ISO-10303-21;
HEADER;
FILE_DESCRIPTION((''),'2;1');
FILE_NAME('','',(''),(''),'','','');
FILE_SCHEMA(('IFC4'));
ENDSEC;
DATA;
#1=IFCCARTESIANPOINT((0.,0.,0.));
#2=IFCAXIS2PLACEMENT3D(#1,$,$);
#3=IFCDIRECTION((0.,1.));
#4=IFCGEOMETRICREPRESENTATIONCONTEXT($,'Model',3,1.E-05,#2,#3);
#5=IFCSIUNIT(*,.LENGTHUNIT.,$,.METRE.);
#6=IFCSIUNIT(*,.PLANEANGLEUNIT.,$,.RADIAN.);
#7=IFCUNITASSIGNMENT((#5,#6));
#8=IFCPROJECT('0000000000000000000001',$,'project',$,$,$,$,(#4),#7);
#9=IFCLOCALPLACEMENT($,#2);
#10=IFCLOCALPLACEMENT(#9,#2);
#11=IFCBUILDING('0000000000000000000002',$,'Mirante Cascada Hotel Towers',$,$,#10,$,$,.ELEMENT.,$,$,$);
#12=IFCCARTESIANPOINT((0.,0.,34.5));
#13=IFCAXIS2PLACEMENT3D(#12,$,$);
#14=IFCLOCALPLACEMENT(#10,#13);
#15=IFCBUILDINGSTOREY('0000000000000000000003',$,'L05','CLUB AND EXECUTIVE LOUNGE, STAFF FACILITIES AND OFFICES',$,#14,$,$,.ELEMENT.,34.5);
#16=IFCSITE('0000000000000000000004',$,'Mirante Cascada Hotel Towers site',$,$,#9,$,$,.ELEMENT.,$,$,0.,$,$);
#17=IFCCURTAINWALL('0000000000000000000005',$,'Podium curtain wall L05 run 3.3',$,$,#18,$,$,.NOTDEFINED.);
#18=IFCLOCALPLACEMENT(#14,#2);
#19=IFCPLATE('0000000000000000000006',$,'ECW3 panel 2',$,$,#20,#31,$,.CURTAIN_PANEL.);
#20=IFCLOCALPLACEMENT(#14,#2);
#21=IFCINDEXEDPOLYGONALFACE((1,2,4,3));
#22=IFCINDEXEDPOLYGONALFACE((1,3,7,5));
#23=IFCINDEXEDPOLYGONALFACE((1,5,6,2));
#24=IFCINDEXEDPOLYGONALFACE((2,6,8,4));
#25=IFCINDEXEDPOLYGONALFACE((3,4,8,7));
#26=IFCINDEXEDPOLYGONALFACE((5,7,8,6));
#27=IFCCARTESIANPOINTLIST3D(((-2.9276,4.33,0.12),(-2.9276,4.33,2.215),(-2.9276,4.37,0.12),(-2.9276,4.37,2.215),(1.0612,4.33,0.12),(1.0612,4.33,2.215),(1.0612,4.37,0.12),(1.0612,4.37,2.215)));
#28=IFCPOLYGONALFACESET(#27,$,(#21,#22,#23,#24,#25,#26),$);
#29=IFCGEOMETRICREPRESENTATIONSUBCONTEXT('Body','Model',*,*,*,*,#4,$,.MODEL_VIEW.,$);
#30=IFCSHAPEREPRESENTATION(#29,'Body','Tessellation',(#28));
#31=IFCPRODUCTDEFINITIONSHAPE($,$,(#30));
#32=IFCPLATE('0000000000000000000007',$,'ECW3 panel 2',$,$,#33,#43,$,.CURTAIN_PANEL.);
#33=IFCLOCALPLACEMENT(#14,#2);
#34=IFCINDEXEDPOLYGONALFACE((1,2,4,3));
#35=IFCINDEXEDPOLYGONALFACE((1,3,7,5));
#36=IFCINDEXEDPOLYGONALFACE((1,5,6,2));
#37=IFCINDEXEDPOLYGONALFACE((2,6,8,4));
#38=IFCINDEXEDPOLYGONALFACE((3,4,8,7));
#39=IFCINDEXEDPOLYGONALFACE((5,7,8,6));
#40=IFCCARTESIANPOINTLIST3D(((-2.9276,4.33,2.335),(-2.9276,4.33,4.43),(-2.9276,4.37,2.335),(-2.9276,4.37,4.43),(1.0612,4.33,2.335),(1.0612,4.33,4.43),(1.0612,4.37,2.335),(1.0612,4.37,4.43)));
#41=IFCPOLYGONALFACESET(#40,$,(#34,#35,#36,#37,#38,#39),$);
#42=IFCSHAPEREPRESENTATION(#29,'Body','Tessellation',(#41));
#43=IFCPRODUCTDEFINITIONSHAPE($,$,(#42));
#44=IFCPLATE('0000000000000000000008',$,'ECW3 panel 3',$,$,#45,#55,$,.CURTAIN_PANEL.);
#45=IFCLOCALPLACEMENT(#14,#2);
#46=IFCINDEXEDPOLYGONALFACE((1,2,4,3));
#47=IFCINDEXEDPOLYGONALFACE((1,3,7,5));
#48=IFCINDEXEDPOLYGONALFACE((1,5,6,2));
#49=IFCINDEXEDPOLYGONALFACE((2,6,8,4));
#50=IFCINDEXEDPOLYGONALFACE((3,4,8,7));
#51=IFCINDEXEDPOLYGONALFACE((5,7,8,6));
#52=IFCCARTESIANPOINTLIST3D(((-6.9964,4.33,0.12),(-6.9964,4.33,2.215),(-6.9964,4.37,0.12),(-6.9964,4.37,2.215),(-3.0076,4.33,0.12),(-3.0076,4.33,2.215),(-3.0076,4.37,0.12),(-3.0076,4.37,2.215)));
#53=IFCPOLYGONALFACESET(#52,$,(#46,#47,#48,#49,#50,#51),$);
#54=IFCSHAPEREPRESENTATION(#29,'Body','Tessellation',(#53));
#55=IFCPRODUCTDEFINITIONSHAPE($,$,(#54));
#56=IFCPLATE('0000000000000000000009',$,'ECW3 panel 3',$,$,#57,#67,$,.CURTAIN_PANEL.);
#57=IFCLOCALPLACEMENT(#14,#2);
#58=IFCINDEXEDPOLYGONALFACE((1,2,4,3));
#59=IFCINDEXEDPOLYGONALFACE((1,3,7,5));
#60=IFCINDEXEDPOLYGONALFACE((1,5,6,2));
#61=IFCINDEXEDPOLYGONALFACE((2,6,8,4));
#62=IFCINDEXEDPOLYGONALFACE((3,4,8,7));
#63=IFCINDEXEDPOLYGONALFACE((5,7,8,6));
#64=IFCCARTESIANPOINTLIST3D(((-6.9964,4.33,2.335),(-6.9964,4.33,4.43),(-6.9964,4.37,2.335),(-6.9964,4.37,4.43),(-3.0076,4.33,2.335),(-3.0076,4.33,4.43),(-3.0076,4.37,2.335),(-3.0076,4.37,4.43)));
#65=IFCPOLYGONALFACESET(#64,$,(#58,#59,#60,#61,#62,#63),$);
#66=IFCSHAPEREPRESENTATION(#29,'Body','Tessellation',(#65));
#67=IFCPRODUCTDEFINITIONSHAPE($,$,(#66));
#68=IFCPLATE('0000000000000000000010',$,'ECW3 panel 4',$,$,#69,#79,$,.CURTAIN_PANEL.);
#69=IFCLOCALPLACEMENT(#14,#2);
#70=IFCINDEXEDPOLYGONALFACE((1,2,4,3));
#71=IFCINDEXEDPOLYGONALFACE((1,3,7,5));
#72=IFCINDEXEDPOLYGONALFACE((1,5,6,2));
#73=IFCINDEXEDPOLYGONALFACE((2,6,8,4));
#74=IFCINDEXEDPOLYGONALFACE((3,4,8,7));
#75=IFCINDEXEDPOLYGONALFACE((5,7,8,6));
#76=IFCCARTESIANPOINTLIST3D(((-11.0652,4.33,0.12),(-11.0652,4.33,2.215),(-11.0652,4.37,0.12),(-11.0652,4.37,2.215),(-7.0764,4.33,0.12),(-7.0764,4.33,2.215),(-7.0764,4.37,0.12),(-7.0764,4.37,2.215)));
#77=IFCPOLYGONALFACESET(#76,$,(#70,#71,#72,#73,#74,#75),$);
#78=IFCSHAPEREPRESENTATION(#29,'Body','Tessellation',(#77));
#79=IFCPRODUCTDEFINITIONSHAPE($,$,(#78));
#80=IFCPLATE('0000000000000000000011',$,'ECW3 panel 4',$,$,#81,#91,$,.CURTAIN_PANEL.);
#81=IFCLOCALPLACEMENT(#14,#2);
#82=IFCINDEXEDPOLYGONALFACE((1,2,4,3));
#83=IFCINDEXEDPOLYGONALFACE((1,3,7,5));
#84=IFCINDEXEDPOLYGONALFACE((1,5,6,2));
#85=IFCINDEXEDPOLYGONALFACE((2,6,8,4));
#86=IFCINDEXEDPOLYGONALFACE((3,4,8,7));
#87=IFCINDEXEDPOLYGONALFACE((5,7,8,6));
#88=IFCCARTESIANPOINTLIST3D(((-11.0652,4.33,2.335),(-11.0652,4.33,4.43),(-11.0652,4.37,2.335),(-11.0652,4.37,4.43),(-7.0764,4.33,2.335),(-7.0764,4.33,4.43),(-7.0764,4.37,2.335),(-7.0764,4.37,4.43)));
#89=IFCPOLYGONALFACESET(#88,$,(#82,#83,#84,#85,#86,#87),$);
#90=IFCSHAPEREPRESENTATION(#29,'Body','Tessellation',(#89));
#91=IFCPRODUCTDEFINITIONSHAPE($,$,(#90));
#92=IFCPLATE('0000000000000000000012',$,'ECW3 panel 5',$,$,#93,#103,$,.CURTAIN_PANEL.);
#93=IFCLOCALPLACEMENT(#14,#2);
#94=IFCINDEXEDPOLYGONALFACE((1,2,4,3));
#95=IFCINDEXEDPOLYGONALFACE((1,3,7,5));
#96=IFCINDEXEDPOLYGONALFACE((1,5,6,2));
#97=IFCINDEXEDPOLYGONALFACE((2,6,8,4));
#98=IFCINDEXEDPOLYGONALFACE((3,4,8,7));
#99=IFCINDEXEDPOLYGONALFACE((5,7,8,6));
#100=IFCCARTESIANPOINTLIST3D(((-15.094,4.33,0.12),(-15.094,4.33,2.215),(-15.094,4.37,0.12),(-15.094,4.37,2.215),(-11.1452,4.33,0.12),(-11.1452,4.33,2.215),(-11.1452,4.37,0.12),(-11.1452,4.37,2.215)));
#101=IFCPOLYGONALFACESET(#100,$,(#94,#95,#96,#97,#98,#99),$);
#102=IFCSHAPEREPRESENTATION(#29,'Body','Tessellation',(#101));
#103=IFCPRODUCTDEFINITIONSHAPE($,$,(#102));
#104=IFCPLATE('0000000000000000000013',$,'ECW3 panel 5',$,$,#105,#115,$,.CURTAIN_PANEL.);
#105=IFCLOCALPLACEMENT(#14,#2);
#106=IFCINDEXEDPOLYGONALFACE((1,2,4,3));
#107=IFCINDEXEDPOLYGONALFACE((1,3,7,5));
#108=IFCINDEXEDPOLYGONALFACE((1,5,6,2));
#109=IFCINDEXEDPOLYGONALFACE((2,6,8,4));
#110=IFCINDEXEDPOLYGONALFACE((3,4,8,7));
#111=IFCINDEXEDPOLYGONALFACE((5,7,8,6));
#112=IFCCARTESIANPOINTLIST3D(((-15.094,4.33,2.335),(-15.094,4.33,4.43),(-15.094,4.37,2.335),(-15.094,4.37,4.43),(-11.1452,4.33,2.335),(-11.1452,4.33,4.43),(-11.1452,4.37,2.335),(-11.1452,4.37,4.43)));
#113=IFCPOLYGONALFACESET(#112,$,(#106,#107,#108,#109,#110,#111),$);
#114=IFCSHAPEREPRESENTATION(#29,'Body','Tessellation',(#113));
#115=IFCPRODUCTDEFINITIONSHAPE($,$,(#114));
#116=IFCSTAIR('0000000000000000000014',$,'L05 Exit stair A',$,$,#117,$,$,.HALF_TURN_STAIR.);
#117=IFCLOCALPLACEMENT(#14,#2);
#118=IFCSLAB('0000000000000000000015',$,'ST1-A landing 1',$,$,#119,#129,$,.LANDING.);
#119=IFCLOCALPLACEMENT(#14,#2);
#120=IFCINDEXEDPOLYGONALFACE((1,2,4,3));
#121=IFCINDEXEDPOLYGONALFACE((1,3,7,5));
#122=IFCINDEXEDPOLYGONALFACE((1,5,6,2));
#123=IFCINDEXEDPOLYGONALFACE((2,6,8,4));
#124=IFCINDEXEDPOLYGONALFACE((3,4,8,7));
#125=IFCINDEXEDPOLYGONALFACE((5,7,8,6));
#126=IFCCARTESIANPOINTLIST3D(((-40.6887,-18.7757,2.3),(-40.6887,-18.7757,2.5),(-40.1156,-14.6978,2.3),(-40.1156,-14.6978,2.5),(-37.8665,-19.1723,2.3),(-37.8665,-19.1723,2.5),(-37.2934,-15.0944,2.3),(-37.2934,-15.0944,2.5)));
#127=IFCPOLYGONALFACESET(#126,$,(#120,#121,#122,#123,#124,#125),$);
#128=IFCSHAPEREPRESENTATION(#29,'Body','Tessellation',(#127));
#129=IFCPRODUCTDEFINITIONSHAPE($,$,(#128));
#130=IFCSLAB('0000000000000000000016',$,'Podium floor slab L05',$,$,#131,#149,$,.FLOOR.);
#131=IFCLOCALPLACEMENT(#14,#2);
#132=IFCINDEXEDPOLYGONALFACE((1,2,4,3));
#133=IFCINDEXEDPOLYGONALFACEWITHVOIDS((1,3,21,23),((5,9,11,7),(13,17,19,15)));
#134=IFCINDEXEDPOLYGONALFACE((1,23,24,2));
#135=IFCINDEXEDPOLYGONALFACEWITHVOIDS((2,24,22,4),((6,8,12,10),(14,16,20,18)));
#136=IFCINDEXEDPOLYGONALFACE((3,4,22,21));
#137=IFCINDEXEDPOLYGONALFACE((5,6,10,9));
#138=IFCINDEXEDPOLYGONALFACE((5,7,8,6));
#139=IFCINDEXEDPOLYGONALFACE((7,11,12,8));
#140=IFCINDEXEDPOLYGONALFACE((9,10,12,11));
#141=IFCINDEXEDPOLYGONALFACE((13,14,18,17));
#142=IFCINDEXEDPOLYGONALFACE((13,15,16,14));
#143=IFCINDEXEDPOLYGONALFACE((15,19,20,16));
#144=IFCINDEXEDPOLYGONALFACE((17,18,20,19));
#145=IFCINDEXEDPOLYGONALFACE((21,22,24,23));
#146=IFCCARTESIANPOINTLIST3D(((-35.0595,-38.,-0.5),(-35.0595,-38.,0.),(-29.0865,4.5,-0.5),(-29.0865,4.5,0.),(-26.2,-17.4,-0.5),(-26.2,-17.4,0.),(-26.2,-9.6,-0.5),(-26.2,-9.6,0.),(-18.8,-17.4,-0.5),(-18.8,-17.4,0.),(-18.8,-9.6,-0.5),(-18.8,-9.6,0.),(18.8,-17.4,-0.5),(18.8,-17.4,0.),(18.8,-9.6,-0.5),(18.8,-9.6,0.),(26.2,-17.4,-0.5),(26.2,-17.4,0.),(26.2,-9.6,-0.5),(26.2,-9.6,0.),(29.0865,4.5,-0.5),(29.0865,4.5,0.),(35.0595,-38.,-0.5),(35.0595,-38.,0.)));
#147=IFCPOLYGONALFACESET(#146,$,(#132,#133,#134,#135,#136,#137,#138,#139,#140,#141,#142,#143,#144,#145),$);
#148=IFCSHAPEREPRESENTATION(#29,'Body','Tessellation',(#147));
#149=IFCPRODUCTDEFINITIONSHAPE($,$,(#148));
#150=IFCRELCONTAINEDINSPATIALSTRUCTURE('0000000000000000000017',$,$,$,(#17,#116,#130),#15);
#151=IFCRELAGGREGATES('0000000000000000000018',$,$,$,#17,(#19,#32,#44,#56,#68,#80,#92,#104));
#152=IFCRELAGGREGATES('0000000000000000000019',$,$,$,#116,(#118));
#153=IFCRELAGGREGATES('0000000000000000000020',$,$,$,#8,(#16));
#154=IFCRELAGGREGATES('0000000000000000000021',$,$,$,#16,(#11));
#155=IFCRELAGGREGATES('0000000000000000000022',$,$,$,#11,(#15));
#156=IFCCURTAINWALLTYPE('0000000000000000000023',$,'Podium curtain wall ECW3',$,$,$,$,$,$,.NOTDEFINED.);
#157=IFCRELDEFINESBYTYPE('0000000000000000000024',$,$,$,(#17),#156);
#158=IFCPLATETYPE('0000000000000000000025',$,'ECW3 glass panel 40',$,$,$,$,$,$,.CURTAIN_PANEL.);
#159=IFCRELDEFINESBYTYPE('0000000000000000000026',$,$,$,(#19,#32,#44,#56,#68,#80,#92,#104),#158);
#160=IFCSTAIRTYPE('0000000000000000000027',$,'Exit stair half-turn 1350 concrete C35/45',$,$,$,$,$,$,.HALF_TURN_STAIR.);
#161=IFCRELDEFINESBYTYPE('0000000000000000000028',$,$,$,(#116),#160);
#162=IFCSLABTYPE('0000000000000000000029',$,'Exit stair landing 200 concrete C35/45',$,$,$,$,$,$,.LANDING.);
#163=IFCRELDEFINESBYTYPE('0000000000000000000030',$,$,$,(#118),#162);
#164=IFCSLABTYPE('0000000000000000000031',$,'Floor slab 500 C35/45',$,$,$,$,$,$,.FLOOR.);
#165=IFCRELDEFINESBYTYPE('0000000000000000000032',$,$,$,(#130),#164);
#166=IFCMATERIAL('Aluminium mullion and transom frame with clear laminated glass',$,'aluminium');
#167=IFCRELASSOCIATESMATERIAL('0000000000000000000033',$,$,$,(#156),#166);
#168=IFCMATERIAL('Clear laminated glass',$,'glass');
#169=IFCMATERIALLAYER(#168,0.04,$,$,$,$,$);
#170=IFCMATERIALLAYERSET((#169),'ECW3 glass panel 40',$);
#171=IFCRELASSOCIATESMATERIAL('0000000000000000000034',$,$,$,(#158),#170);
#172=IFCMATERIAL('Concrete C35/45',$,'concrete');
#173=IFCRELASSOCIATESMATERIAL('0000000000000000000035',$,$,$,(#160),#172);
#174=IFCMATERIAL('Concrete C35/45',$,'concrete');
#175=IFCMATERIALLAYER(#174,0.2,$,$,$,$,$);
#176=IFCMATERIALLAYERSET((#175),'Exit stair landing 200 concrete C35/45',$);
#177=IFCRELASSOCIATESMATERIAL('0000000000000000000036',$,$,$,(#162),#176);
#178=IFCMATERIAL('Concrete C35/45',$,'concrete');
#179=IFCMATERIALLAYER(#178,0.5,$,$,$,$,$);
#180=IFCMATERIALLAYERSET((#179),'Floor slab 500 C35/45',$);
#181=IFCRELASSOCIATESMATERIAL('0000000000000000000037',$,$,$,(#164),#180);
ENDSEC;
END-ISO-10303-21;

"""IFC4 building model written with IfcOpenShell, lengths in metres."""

from ifc_helpers import new_model, si_unit, direction, frame, origin, origin_2d, place, context, subcontext, project, spatial, polyline, rectangle, outline, extrude, material, layer, layer_set, type_object, element, aggregate, save


model = new_model("IFC4")

# Units and contexts
model_context = context("Model", 3, precision=1e-05, world=origin(), true_north=direction((0.0, 1.0)))
body_context = subcontext(model_context, "Body", "Model", "MODEL_VIEW")
ifc_project = project(units=[si_unit("LENGTHUNIT", "METRE"), si_unit("PLANEANGLEUNIT", "RADIAN")], contexts=[model_context])

# Site, building, storey
site_placement = place(None, origin())
site = spatial("IfcSite", under=ifc_project, at=site_placement, Name="Mirante Cascada Hotel Towers site", CompositionType="ELEMENT", RefElevation=0.0)
building_placement = place(site_placement, origin())
building = spatial("IfcBuilding", under=site, at=building_placement, Name="Mirante Cascada Hotel Towers", CompositionType="ELEMENT")
storey_placement = place(building_placement, frame((0.0, 0.0, 34.5)))
storey = spatial("IfcBuildingStorey", under=building, at=storey_placement, Name="L05", Description="CLUB AND EXECUTIVE LOUNGE, STAFF FACILITIES AND OFFICES", CompositionType="ELEMENT", Elevation=34.5)

# Curtain wall
ifc_material_1 = material(Name="Aluminium mullion and transom frame with clear laminated glass", Category="aluminium")
curtain_wall_type = type_object("IfcCurtainWallType", Name="Podium curtain wall ECW3", PredefinedType="NOTDEFINED", material=ifc_material_1)
curtain_wall_1_placement = place(storey_placement, origin())
curtain_wall_1 = element("IfcCurtainWall", 1, at=curtain_wall_1_placement, inside=storey, type_object=curtain_wall_type, Name="Podium curtain wall L05 run 3.3", PredefinedType="NOTDEFINED")

# Plates
ifc_material_2 = material(Name="Clear laminated glass", Category="glass")
ifc_layer_1 = layer(ifc_material_2, 0.04)
ifc_layer_set_1 = layer_set([ifc_layer_1], Name="ECW3 glass panel 40")
plate_type = type_object("IfcPlateType", Name="ECW3 glass panel 40", PredefinedType="CURTAIN_PANEL", material=ifc_layer_set_1)
plate_1_placement = place(storey_placement, frame((-0.9332, 4.35, 0.12), z_axis=(0.0, 0.0, 1.0), x_axis=(-1.0, 0.0, 0.0)))
plate_1 = element("IfcPlate", 2, at=plate_1_placement, type_object=plate_type, Name="ECW3 panel 2", PredefinedType="CURTAIN_PANEL", context=body_context, shape_type="SweptSolid", body=[
    extrude(rectangle(XDim=3.9888, YDim=0.04, at=origin_2d()), origin(), (0.0, 0.0, 1.0), 2.095),
])
plate_2_placement = place(storey_placement, frame((-0.9332, 4.35, 2.335), z_axis=(0.0, 0.0, 1.0), x_axis=(-1.0, 0.0, 0.0)))
plate_2 = element("IfcPlate", 3, at=plate_2_placement, type_object=plate_type, Name="ECW3 panel 2", PredefinedType="CURTAIN_PANEL", context=body_context, shape_type="SweptSolid", body=[
    extrude(rectangle(XDim=3.9888, YDim=0.04, at=origin_2d()), origin(), (0.0, 0.0, 1.0), 2.095),
])
plate_3_placement = place(storey_placement, frame((-5.002, 4.35, 0.12), z_axis=(0.0, 0.0, 1.0), x_axis=(-1.0, 0.0, 0.0)))
plate_3 = element("IfcPlate", 4, at=plate_3_placement, type_object=plate_type, Name="ECW3 panel 3", PredefinedType="CURTAIN_PANEL", context=body_context, shape_type="SweptSolid", body=[
    extrude(rectangle(XDim=3.9888, YDim=0.04, at=origin_2d()), origin(), (0.0, 0.0, 1.0), 2.095),
])
plate_4_placement = place(storey_placement, frame((-5.002, 4.35, 2.335), z_axis=(0.0, 0.0, 1.0), x_axis=(-1.0, 0.0, 0.0)))
plate_4 = element("IfcPlate", 5, at=plate_4_placement, type_object=plate_type, Name="ECW3 panel 3", PredefinedType="CURTAIN_PANEL", context=body_context, shape_type="SweptSolid", body=[
    extrude(rectangle(XDim=3.9888, YDim=0.04, at=origin_2d()), origin(), (0.0, 0.0, 1.0), 2.095),
])
plate_5_placement = place(storey_placement, frame((-9.0708, 4.35, 0.12), z_axis=(0.0, 0.0, 1.0), x_axis=(-1.0, 0.0, 0.0)))
plate_5 = element("IfcPlate", 6, at=plate_5_placement, type_object=plate_type, Name="ECW3 panel 4", PredefinedType="CURTAIN_PANEL", context=body_context, shape_type="SweptSolid", body=[
    extrude(rectangle(XDim=3.9888, YDim=0.04, at=origin_2d()), origin(), (0.0, 0.0, 1.0), 2.095),
])
plate_6_placement = place(storey_placement, frame((-9.0708, 4.35, 2.335), z_axis=(0.0, 0.0, 1.0), x_axis=(-1.0, 0.0, 0.0)))
plate_6 = element("IfcPlate", 7, at=plate_6_placement, type_object=plate_type, Name="ECW3 panel 4", PredefinedType="CURTAIN_PANEL", context=body_context, shape_type="SweptSolid", body=[
    extrude(rectangle(XDim=3.9888, YDim=0.04, at=origin_2d()), origin(), (0.0, 0.0, 1.0), 2.095),
])
plate_7_placement = place(storey_placement, frame((-13.1196, 4.35, 0.12), z_axis=(0.0, 0.0, 1.0), x_axis=(-1.0, 0.0, 0.0)))
plate_7 = element("IfcPlate", 8, at=plate_7_placement, type_object=plate_type, Name="ECW3 panel 5", PredefinedType="CURTAIN_PANEL", context=body_context, shape_type="SweptSolid", body=[
    extrude(rectangle(XDim=3.9488, YDim=0.04, at=origin_2d()), origin(), (0.0, 0.0, 1.0), 2.095),
])
plate_8_placement = place(storey_placement, frame((-13.1196, 4.35, 2.335), z_axis=(0.0, 0.0, 1.0), x_axis=(-1.0, 0.0, 0.0)))
plate_8 = element("IfcPlate", 9, at=plate_8_placement, type_object=plate_type, Name="ECW3 panel 5", PredefinedType="CURTAIN_PANEL", context=body_context, shape_type="SweptSolid", body=[
    extrude(rectangle(XDim=3.9488, YDim=0.04, at=origin_2d()), origin(), (0.0, 0.0, 1.0), 2.095),
])
aggregate(curtain_wall_1, [plate_1, plate_2, plate_3, plate_4, plate_5, plate_6, plate_7, plate_8])

# Stair, slab
ifc_material_3 = material(Name="Concrete C35/45", Category="concrete")
stair_type = type_object("IfcStairType", Name="Exit stair half-turn 1350 concrete C35/45", PredefinedType="HALF_TURN_STAIR", material=ifc_material_3)
stair_placement = place(storey_placement, origin())
stair = element("IfcStair", 10, at=stair_placement, inside=storey, type_object=stair_type, Name="L05 Exit stair A", PredefinedType="HALF_TURN_STAIR")
ifc_material_4 = material(Name="Concrete C35/45", Category="concrete")
ifc_layer_2 = layer(ifc_material_4, 0.2)
ifc_layer_set_2 = layer_set([ifc_layer_2], Name="Exit stair landing 200 concrete C35/45")
slab_type_1 = type_object("IfcSlabType", Name="Exit stair landing 200 concrete C35/45", PredefinedType="LANDING", material=ifc_layer_set_2)
slab_1_placement = place(storey_placement, frame((0.0, 0.0, 2.3)))
slab_1 = element("IfcSlab", 11, at=slab_1_placement, type_object=slab_type_1, Name="ST1-A landing 1", PredefinedType="LANDING", context=body_context, shape_type="SweptSolid", body=[
    extrude(outline(polyline([(-40.1156, -14.6978), (-40.6887, -18.7757), (-37.8665, -19.1723), (-37.2934, -15.0944), (-40.1156, -14.6978)])), origin(), (0.0, 0.0, 1.0), 0.2),
])
aggregate(stair, [slab_1])

# Slab
ifc_material_5 = material(Name="Concrete C35/45", Category="concrete")
ifc_layer_3 = layer(ifc_material_5, 0.5)
ifc_layer_set_3 = layer_set([ifc_layer_3], Name="Floor slab 500 C35/45")
slab_type_2 = type_object("IfcSlabType", Name="Floor slab 500 C35/45", PredefinedType="FLOOR", material=ifc_layer_set_3)
slab_2_placement = place(storey_placement, frame((0.0, 0.0, -0.5)))
element("IfcSlab", 12, at=slab_2_placement, inside=storey, type_object=slab_type_2, Name="Podium floor slab L05", PredefinedType="FLOOR", context=body_context, shape_type="SweptSolid", body=[
    extrude(outline(polyline([(-29.0865, 4.5), (29.0865, 4.5), (35.0595, -38.0), (-35.0595, -38.0), (-29.0865, 4.5)]), holes=[polyline([(26.2, -17.4), (26.2, -9.6), (18.8, -9.6), (18.8, -17.4), (26.2, -17.4)]), polyline([(-18.8, -17.4), (-18.8, -9.6), (-26.2, -9.6), (-26.2, -17.4), (-18.8, -17.4)])]), origin(), (0.0, 0.0, 1.0), 0.5),
])

save(model, "model.ifc")
